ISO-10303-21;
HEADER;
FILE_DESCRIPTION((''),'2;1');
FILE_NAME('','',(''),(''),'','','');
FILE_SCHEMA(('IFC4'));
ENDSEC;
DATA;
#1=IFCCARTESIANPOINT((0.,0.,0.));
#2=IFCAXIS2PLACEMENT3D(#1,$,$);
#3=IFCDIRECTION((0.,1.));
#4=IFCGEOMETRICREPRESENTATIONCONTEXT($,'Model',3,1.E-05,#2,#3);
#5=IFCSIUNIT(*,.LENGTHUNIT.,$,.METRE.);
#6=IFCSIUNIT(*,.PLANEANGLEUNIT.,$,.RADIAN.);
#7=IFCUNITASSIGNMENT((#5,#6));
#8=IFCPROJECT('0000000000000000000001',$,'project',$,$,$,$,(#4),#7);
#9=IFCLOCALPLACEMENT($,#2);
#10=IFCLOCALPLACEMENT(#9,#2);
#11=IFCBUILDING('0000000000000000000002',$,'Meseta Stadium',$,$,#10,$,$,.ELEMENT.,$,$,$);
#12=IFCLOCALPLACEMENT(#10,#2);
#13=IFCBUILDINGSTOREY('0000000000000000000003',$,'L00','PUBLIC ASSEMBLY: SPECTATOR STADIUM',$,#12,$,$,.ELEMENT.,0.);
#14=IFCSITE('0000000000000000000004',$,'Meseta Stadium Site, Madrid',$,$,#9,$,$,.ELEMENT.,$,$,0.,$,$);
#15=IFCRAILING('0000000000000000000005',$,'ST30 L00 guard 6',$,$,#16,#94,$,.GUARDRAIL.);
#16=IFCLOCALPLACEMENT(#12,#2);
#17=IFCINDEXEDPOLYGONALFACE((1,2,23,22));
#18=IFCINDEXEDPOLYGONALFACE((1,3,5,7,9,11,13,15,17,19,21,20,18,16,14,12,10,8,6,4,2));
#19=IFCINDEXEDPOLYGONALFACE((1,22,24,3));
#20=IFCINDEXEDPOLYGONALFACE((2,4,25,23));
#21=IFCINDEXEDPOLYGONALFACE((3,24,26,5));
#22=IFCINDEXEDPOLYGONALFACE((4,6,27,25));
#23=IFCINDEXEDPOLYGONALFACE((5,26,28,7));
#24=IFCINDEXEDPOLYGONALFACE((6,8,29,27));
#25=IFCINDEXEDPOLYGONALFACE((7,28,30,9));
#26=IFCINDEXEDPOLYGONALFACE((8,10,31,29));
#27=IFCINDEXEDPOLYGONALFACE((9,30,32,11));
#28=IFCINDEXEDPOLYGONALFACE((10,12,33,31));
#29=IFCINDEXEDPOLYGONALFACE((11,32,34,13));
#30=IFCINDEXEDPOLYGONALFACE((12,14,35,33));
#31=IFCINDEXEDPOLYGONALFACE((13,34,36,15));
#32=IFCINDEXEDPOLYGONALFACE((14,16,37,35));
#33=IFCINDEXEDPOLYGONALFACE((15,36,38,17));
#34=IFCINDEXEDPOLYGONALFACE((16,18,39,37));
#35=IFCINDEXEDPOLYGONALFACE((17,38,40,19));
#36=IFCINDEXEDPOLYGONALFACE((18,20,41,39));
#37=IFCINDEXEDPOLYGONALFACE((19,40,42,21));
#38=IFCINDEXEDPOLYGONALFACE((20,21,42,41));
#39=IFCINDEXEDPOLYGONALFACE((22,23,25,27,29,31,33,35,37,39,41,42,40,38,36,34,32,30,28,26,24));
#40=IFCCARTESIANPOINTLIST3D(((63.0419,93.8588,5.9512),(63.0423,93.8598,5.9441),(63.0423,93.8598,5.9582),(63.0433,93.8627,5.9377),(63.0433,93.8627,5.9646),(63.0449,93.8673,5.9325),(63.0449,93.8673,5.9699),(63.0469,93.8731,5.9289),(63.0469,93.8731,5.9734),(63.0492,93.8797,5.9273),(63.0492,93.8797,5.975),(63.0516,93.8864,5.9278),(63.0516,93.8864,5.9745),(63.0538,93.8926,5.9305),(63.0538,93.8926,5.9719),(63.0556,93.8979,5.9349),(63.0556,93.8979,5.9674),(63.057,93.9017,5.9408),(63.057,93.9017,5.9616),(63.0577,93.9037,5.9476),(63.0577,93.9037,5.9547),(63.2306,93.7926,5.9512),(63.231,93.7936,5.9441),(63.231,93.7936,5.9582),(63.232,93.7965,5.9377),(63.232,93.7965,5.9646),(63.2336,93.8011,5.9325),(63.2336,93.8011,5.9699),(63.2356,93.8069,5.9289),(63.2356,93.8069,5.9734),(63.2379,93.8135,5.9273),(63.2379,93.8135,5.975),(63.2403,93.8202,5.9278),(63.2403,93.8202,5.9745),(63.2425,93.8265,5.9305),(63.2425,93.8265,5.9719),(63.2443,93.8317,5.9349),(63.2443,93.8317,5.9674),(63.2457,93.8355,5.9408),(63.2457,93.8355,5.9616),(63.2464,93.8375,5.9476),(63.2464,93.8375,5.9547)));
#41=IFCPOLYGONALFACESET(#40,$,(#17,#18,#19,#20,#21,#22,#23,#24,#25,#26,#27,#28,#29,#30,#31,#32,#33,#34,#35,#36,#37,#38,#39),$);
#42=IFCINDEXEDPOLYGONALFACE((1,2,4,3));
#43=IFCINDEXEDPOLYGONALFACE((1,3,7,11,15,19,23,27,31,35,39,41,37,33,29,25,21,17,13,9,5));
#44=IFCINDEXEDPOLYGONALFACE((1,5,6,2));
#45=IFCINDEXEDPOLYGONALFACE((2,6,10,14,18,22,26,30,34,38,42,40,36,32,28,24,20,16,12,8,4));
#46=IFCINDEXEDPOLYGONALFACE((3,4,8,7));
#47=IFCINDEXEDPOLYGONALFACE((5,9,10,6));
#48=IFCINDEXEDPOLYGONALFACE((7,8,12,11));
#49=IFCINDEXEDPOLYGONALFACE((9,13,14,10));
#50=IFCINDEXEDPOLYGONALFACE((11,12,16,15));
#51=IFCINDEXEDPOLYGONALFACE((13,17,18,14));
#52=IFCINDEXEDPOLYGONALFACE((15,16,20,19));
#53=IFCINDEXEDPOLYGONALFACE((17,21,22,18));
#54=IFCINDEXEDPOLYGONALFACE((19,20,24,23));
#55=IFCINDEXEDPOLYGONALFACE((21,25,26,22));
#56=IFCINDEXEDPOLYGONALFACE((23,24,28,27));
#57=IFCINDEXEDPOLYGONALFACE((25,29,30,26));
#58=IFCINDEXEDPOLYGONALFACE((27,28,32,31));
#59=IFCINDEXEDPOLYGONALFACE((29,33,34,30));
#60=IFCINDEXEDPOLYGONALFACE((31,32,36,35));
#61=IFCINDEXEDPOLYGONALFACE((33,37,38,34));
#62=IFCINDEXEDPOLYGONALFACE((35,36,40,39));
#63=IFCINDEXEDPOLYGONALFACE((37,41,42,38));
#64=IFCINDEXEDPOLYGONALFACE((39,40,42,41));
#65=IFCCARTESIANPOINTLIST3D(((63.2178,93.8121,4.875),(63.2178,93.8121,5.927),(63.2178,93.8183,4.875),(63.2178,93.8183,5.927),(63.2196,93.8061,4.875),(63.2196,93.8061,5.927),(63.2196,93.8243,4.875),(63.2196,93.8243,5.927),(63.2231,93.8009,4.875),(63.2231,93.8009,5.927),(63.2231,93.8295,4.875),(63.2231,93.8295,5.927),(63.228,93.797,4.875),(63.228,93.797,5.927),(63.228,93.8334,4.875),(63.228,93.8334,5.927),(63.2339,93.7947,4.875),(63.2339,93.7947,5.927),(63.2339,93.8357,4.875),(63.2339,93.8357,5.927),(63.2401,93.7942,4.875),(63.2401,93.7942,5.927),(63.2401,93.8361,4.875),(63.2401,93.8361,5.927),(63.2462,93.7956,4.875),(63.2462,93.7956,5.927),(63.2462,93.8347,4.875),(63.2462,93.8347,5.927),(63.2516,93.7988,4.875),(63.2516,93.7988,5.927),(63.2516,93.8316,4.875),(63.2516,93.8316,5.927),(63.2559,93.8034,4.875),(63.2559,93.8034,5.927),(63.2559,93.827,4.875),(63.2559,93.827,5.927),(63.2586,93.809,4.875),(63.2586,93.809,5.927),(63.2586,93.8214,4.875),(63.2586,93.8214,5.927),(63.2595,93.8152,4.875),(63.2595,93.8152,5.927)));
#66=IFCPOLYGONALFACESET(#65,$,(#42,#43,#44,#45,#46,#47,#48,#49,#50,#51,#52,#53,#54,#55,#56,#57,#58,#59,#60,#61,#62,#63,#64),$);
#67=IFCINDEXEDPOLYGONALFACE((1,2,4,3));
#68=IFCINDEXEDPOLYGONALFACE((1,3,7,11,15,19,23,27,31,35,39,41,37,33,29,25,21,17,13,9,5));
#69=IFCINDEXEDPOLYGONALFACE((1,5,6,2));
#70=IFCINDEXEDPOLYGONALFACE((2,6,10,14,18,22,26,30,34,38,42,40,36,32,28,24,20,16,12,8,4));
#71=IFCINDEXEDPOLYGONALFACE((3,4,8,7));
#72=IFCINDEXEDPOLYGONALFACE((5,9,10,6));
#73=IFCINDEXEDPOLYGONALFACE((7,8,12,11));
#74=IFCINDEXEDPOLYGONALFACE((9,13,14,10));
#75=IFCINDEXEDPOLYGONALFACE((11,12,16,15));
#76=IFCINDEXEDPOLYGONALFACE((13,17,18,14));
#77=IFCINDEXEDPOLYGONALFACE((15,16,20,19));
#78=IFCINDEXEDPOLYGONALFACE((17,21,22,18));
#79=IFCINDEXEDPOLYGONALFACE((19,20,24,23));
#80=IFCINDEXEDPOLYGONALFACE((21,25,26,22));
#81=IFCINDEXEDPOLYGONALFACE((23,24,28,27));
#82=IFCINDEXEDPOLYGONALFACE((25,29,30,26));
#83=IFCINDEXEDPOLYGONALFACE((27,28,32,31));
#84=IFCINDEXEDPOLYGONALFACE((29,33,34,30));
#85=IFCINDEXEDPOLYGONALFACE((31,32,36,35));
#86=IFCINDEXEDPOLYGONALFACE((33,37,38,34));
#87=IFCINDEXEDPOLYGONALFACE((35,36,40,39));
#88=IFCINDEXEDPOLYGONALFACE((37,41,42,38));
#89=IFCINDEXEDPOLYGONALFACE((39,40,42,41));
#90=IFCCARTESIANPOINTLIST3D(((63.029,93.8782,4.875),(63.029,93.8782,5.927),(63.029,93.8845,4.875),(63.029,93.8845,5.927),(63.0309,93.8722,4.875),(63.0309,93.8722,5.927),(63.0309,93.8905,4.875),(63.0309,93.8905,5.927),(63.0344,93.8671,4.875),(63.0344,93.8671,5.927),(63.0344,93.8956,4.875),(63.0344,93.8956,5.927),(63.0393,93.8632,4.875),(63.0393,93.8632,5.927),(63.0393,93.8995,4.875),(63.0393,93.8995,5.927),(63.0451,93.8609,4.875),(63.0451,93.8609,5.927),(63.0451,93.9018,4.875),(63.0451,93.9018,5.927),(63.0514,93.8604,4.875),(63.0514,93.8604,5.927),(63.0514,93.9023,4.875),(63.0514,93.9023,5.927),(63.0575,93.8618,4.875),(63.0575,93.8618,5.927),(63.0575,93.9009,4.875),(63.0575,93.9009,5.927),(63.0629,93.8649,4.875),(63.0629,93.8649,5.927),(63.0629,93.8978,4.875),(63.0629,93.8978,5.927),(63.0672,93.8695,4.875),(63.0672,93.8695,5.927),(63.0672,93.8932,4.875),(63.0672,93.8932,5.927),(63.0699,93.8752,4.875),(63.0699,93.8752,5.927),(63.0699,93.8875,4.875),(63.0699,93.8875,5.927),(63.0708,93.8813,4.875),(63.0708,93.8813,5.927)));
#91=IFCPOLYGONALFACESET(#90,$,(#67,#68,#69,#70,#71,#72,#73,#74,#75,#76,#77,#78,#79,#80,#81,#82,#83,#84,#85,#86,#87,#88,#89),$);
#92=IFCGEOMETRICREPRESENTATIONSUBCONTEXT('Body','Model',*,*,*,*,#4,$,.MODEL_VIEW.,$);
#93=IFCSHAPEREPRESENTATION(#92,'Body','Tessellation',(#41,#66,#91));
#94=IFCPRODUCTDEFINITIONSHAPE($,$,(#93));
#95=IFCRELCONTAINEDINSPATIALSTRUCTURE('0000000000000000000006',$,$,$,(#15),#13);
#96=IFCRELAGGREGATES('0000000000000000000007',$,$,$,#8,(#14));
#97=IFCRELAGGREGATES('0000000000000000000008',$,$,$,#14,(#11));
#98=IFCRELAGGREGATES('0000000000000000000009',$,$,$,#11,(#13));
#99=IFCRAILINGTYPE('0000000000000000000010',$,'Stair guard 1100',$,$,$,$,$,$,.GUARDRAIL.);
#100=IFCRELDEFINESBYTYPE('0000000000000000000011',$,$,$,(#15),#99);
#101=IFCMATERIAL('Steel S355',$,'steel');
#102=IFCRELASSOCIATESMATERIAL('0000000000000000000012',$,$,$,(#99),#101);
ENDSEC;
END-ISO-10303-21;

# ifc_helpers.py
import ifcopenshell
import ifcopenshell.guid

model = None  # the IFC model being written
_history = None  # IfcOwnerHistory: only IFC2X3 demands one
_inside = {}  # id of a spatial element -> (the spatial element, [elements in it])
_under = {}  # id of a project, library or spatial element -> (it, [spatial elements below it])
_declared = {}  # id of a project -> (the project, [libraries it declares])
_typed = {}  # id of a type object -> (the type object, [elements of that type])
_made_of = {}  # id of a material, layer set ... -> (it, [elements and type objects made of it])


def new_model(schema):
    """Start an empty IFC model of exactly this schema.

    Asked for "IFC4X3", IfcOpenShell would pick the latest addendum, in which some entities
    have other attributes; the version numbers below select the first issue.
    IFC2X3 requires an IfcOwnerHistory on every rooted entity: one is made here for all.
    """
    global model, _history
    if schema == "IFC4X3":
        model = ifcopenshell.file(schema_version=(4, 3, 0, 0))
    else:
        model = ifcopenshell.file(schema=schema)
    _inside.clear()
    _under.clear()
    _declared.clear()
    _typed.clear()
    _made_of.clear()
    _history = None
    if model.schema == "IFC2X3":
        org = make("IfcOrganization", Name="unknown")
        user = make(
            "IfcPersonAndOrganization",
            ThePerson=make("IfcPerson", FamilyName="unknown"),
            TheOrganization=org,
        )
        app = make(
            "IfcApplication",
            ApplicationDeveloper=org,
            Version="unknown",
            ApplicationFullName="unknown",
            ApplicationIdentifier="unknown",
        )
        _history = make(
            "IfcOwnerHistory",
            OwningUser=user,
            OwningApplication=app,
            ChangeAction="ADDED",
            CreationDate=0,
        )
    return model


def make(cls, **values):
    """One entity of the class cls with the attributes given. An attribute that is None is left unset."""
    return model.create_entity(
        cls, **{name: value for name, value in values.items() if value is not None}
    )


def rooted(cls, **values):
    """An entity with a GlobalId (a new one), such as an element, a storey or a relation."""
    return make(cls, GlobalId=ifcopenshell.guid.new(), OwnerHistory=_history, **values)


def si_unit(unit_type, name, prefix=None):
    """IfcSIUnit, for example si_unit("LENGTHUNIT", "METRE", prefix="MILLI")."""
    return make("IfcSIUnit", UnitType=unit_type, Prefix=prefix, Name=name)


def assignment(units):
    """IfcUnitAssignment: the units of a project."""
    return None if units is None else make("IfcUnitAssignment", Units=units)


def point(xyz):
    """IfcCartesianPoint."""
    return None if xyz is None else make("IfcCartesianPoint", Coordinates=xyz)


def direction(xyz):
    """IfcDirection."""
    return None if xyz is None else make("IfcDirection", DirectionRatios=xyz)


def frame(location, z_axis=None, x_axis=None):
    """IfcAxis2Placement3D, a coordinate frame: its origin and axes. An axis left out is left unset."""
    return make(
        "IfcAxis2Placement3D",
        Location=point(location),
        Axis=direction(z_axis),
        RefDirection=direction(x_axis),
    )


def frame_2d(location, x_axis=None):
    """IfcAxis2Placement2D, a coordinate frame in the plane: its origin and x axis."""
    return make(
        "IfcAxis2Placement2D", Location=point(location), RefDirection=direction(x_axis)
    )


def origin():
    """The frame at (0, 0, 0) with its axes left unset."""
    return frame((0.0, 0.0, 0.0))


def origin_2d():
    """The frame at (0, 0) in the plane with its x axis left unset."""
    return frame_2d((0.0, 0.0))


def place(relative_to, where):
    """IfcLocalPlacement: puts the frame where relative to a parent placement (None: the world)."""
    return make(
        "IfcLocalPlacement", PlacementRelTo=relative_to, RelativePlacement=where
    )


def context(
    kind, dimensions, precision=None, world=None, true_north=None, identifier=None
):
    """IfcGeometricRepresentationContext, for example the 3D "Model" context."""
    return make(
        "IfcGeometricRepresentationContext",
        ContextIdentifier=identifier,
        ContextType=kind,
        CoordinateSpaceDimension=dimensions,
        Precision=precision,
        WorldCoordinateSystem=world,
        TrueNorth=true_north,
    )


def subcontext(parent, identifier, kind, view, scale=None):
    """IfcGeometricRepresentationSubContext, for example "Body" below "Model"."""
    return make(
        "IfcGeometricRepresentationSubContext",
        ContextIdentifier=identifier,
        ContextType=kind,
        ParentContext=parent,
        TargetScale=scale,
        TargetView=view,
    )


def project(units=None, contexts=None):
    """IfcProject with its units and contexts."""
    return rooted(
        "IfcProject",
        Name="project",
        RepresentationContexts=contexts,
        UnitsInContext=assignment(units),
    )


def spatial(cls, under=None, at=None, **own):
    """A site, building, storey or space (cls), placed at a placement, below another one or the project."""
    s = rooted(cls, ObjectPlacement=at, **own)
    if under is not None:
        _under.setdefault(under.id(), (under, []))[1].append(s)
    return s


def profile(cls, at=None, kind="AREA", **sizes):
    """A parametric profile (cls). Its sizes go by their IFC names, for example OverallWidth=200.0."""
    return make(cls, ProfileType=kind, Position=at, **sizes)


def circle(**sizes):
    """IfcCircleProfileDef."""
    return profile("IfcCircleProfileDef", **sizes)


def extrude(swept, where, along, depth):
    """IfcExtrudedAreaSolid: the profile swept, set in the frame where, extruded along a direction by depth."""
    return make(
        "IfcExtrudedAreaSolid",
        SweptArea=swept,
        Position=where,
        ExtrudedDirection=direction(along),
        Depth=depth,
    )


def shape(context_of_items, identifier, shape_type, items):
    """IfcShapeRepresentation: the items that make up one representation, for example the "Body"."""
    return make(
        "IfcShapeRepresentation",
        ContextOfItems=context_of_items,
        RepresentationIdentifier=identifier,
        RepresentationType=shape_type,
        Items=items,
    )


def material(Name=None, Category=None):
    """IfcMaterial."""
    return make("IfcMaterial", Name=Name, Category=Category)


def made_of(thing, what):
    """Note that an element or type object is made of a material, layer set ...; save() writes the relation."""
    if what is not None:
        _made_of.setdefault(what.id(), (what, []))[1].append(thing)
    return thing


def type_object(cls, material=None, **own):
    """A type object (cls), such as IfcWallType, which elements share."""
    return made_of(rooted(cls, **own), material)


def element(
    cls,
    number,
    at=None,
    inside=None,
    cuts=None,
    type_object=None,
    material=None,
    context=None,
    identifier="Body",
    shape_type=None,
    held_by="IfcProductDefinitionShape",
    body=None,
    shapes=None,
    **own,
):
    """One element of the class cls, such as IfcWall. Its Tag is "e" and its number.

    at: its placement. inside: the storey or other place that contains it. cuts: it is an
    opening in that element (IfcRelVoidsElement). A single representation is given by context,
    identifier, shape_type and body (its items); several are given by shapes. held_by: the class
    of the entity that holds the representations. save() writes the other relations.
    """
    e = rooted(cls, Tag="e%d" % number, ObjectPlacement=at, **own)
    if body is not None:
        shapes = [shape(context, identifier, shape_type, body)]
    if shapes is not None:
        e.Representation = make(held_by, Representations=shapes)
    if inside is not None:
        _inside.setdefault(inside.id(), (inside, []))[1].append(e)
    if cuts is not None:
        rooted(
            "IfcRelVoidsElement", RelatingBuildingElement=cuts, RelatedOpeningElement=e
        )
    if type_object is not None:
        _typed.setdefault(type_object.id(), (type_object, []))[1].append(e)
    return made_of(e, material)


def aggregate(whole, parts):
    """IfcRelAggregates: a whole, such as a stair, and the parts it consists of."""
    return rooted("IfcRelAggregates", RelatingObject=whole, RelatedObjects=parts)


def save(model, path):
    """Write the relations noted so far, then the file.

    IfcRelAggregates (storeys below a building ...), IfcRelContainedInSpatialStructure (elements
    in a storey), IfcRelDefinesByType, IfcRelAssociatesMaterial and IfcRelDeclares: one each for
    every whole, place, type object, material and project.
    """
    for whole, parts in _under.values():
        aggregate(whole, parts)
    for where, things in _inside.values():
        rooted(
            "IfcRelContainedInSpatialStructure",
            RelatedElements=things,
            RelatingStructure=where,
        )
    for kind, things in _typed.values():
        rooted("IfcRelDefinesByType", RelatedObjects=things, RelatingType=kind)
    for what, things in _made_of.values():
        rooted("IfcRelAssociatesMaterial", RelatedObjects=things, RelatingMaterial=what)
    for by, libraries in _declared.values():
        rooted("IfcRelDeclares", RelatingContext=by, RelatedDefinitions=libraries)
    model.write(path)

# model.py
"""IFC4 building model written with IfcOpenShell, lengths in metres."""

from ifc_helpers import new_model, si_unit, direction, frame, origin, origin_2d, place, context, subcontext, project, spatial, circle, extrude, material, type_object, element, save


model = new_model("IFC4")

# Units and contexts
model_context = context("Model", 3, precision=1e-05, world=origin(), true_north=direction((0.0, 1.0)))
body_context = subcontext(model_context, "Body", "Model", "MODEL_VIEW")
ifc_project = project(units=[si_unit("LENGTHUNIT", "METRE"), si_unit("PLANEANGLEUNIT", "RADIAN")], contexts=[model_context])

# Site, building, storey
site_placement = place(None, origin())
site = spatial("IfcSite", under=ifc_project, at=site_placement, Name="Meseta Stadium Site, Madrid", CompositionType="ELEMENT", RefElevation=0.0)
building_placement = place(site_placement, origin())
building = spatial("IfcBuilding", under=site, at=building_placement, Name="Meseta Stadium", CompositionType="ELEMENT")
storey_placement = place(building_placement, origin())
storey = spatial("IfcBuildingStorey", under=building, at=storey_placement, Name="L00", Description="PUBLIC ASSEMBLY: SPECTATOR STADIUM", CompositionType="ELEMENT", Elevation=0.0)

# Railing
ifc_material_1 = material(Name="Steel S355", Category="steel")
railing_type_1 = type_object("IfcRailingType", Name="Stair guard 1100", PredefinedType="GUARDRAIL", material=ifc_material_1)
railing_1_placement = place(storey_placement, frame((63.2385, 93.8152, 4.875)))
element("IfcRailing", 1, at=railing_1_placement, inside=storey, type_object=railing_type_1, Name="ST30 L00 guard 6", PredefinedType="GUARDRAIL", context=body_context, shape_type="SweptSolid", body=[
    extrude(circle(Radius=0.0239, at=origin_2d()), frame((0.0, 0.0, 1.0762), z_axis=(-0.943687, 0.33084, 0.0), x_axis=(-0.33084, -0.943687, 0.0)), (0.0, 0.0, 1.0), 0.2),
    extrude(circle(Radius=0.021, at=origin_2d()), origin(), (0.0, 0.0, 1.0), 1.052),
    extrude(circle(Radius=0.021, at=origin_2d()), frame((-0.1887, 0.0662, 0.0)), (0.0, 0.0, 1.0), 1.052),
])

save(model, "model.ifc")
